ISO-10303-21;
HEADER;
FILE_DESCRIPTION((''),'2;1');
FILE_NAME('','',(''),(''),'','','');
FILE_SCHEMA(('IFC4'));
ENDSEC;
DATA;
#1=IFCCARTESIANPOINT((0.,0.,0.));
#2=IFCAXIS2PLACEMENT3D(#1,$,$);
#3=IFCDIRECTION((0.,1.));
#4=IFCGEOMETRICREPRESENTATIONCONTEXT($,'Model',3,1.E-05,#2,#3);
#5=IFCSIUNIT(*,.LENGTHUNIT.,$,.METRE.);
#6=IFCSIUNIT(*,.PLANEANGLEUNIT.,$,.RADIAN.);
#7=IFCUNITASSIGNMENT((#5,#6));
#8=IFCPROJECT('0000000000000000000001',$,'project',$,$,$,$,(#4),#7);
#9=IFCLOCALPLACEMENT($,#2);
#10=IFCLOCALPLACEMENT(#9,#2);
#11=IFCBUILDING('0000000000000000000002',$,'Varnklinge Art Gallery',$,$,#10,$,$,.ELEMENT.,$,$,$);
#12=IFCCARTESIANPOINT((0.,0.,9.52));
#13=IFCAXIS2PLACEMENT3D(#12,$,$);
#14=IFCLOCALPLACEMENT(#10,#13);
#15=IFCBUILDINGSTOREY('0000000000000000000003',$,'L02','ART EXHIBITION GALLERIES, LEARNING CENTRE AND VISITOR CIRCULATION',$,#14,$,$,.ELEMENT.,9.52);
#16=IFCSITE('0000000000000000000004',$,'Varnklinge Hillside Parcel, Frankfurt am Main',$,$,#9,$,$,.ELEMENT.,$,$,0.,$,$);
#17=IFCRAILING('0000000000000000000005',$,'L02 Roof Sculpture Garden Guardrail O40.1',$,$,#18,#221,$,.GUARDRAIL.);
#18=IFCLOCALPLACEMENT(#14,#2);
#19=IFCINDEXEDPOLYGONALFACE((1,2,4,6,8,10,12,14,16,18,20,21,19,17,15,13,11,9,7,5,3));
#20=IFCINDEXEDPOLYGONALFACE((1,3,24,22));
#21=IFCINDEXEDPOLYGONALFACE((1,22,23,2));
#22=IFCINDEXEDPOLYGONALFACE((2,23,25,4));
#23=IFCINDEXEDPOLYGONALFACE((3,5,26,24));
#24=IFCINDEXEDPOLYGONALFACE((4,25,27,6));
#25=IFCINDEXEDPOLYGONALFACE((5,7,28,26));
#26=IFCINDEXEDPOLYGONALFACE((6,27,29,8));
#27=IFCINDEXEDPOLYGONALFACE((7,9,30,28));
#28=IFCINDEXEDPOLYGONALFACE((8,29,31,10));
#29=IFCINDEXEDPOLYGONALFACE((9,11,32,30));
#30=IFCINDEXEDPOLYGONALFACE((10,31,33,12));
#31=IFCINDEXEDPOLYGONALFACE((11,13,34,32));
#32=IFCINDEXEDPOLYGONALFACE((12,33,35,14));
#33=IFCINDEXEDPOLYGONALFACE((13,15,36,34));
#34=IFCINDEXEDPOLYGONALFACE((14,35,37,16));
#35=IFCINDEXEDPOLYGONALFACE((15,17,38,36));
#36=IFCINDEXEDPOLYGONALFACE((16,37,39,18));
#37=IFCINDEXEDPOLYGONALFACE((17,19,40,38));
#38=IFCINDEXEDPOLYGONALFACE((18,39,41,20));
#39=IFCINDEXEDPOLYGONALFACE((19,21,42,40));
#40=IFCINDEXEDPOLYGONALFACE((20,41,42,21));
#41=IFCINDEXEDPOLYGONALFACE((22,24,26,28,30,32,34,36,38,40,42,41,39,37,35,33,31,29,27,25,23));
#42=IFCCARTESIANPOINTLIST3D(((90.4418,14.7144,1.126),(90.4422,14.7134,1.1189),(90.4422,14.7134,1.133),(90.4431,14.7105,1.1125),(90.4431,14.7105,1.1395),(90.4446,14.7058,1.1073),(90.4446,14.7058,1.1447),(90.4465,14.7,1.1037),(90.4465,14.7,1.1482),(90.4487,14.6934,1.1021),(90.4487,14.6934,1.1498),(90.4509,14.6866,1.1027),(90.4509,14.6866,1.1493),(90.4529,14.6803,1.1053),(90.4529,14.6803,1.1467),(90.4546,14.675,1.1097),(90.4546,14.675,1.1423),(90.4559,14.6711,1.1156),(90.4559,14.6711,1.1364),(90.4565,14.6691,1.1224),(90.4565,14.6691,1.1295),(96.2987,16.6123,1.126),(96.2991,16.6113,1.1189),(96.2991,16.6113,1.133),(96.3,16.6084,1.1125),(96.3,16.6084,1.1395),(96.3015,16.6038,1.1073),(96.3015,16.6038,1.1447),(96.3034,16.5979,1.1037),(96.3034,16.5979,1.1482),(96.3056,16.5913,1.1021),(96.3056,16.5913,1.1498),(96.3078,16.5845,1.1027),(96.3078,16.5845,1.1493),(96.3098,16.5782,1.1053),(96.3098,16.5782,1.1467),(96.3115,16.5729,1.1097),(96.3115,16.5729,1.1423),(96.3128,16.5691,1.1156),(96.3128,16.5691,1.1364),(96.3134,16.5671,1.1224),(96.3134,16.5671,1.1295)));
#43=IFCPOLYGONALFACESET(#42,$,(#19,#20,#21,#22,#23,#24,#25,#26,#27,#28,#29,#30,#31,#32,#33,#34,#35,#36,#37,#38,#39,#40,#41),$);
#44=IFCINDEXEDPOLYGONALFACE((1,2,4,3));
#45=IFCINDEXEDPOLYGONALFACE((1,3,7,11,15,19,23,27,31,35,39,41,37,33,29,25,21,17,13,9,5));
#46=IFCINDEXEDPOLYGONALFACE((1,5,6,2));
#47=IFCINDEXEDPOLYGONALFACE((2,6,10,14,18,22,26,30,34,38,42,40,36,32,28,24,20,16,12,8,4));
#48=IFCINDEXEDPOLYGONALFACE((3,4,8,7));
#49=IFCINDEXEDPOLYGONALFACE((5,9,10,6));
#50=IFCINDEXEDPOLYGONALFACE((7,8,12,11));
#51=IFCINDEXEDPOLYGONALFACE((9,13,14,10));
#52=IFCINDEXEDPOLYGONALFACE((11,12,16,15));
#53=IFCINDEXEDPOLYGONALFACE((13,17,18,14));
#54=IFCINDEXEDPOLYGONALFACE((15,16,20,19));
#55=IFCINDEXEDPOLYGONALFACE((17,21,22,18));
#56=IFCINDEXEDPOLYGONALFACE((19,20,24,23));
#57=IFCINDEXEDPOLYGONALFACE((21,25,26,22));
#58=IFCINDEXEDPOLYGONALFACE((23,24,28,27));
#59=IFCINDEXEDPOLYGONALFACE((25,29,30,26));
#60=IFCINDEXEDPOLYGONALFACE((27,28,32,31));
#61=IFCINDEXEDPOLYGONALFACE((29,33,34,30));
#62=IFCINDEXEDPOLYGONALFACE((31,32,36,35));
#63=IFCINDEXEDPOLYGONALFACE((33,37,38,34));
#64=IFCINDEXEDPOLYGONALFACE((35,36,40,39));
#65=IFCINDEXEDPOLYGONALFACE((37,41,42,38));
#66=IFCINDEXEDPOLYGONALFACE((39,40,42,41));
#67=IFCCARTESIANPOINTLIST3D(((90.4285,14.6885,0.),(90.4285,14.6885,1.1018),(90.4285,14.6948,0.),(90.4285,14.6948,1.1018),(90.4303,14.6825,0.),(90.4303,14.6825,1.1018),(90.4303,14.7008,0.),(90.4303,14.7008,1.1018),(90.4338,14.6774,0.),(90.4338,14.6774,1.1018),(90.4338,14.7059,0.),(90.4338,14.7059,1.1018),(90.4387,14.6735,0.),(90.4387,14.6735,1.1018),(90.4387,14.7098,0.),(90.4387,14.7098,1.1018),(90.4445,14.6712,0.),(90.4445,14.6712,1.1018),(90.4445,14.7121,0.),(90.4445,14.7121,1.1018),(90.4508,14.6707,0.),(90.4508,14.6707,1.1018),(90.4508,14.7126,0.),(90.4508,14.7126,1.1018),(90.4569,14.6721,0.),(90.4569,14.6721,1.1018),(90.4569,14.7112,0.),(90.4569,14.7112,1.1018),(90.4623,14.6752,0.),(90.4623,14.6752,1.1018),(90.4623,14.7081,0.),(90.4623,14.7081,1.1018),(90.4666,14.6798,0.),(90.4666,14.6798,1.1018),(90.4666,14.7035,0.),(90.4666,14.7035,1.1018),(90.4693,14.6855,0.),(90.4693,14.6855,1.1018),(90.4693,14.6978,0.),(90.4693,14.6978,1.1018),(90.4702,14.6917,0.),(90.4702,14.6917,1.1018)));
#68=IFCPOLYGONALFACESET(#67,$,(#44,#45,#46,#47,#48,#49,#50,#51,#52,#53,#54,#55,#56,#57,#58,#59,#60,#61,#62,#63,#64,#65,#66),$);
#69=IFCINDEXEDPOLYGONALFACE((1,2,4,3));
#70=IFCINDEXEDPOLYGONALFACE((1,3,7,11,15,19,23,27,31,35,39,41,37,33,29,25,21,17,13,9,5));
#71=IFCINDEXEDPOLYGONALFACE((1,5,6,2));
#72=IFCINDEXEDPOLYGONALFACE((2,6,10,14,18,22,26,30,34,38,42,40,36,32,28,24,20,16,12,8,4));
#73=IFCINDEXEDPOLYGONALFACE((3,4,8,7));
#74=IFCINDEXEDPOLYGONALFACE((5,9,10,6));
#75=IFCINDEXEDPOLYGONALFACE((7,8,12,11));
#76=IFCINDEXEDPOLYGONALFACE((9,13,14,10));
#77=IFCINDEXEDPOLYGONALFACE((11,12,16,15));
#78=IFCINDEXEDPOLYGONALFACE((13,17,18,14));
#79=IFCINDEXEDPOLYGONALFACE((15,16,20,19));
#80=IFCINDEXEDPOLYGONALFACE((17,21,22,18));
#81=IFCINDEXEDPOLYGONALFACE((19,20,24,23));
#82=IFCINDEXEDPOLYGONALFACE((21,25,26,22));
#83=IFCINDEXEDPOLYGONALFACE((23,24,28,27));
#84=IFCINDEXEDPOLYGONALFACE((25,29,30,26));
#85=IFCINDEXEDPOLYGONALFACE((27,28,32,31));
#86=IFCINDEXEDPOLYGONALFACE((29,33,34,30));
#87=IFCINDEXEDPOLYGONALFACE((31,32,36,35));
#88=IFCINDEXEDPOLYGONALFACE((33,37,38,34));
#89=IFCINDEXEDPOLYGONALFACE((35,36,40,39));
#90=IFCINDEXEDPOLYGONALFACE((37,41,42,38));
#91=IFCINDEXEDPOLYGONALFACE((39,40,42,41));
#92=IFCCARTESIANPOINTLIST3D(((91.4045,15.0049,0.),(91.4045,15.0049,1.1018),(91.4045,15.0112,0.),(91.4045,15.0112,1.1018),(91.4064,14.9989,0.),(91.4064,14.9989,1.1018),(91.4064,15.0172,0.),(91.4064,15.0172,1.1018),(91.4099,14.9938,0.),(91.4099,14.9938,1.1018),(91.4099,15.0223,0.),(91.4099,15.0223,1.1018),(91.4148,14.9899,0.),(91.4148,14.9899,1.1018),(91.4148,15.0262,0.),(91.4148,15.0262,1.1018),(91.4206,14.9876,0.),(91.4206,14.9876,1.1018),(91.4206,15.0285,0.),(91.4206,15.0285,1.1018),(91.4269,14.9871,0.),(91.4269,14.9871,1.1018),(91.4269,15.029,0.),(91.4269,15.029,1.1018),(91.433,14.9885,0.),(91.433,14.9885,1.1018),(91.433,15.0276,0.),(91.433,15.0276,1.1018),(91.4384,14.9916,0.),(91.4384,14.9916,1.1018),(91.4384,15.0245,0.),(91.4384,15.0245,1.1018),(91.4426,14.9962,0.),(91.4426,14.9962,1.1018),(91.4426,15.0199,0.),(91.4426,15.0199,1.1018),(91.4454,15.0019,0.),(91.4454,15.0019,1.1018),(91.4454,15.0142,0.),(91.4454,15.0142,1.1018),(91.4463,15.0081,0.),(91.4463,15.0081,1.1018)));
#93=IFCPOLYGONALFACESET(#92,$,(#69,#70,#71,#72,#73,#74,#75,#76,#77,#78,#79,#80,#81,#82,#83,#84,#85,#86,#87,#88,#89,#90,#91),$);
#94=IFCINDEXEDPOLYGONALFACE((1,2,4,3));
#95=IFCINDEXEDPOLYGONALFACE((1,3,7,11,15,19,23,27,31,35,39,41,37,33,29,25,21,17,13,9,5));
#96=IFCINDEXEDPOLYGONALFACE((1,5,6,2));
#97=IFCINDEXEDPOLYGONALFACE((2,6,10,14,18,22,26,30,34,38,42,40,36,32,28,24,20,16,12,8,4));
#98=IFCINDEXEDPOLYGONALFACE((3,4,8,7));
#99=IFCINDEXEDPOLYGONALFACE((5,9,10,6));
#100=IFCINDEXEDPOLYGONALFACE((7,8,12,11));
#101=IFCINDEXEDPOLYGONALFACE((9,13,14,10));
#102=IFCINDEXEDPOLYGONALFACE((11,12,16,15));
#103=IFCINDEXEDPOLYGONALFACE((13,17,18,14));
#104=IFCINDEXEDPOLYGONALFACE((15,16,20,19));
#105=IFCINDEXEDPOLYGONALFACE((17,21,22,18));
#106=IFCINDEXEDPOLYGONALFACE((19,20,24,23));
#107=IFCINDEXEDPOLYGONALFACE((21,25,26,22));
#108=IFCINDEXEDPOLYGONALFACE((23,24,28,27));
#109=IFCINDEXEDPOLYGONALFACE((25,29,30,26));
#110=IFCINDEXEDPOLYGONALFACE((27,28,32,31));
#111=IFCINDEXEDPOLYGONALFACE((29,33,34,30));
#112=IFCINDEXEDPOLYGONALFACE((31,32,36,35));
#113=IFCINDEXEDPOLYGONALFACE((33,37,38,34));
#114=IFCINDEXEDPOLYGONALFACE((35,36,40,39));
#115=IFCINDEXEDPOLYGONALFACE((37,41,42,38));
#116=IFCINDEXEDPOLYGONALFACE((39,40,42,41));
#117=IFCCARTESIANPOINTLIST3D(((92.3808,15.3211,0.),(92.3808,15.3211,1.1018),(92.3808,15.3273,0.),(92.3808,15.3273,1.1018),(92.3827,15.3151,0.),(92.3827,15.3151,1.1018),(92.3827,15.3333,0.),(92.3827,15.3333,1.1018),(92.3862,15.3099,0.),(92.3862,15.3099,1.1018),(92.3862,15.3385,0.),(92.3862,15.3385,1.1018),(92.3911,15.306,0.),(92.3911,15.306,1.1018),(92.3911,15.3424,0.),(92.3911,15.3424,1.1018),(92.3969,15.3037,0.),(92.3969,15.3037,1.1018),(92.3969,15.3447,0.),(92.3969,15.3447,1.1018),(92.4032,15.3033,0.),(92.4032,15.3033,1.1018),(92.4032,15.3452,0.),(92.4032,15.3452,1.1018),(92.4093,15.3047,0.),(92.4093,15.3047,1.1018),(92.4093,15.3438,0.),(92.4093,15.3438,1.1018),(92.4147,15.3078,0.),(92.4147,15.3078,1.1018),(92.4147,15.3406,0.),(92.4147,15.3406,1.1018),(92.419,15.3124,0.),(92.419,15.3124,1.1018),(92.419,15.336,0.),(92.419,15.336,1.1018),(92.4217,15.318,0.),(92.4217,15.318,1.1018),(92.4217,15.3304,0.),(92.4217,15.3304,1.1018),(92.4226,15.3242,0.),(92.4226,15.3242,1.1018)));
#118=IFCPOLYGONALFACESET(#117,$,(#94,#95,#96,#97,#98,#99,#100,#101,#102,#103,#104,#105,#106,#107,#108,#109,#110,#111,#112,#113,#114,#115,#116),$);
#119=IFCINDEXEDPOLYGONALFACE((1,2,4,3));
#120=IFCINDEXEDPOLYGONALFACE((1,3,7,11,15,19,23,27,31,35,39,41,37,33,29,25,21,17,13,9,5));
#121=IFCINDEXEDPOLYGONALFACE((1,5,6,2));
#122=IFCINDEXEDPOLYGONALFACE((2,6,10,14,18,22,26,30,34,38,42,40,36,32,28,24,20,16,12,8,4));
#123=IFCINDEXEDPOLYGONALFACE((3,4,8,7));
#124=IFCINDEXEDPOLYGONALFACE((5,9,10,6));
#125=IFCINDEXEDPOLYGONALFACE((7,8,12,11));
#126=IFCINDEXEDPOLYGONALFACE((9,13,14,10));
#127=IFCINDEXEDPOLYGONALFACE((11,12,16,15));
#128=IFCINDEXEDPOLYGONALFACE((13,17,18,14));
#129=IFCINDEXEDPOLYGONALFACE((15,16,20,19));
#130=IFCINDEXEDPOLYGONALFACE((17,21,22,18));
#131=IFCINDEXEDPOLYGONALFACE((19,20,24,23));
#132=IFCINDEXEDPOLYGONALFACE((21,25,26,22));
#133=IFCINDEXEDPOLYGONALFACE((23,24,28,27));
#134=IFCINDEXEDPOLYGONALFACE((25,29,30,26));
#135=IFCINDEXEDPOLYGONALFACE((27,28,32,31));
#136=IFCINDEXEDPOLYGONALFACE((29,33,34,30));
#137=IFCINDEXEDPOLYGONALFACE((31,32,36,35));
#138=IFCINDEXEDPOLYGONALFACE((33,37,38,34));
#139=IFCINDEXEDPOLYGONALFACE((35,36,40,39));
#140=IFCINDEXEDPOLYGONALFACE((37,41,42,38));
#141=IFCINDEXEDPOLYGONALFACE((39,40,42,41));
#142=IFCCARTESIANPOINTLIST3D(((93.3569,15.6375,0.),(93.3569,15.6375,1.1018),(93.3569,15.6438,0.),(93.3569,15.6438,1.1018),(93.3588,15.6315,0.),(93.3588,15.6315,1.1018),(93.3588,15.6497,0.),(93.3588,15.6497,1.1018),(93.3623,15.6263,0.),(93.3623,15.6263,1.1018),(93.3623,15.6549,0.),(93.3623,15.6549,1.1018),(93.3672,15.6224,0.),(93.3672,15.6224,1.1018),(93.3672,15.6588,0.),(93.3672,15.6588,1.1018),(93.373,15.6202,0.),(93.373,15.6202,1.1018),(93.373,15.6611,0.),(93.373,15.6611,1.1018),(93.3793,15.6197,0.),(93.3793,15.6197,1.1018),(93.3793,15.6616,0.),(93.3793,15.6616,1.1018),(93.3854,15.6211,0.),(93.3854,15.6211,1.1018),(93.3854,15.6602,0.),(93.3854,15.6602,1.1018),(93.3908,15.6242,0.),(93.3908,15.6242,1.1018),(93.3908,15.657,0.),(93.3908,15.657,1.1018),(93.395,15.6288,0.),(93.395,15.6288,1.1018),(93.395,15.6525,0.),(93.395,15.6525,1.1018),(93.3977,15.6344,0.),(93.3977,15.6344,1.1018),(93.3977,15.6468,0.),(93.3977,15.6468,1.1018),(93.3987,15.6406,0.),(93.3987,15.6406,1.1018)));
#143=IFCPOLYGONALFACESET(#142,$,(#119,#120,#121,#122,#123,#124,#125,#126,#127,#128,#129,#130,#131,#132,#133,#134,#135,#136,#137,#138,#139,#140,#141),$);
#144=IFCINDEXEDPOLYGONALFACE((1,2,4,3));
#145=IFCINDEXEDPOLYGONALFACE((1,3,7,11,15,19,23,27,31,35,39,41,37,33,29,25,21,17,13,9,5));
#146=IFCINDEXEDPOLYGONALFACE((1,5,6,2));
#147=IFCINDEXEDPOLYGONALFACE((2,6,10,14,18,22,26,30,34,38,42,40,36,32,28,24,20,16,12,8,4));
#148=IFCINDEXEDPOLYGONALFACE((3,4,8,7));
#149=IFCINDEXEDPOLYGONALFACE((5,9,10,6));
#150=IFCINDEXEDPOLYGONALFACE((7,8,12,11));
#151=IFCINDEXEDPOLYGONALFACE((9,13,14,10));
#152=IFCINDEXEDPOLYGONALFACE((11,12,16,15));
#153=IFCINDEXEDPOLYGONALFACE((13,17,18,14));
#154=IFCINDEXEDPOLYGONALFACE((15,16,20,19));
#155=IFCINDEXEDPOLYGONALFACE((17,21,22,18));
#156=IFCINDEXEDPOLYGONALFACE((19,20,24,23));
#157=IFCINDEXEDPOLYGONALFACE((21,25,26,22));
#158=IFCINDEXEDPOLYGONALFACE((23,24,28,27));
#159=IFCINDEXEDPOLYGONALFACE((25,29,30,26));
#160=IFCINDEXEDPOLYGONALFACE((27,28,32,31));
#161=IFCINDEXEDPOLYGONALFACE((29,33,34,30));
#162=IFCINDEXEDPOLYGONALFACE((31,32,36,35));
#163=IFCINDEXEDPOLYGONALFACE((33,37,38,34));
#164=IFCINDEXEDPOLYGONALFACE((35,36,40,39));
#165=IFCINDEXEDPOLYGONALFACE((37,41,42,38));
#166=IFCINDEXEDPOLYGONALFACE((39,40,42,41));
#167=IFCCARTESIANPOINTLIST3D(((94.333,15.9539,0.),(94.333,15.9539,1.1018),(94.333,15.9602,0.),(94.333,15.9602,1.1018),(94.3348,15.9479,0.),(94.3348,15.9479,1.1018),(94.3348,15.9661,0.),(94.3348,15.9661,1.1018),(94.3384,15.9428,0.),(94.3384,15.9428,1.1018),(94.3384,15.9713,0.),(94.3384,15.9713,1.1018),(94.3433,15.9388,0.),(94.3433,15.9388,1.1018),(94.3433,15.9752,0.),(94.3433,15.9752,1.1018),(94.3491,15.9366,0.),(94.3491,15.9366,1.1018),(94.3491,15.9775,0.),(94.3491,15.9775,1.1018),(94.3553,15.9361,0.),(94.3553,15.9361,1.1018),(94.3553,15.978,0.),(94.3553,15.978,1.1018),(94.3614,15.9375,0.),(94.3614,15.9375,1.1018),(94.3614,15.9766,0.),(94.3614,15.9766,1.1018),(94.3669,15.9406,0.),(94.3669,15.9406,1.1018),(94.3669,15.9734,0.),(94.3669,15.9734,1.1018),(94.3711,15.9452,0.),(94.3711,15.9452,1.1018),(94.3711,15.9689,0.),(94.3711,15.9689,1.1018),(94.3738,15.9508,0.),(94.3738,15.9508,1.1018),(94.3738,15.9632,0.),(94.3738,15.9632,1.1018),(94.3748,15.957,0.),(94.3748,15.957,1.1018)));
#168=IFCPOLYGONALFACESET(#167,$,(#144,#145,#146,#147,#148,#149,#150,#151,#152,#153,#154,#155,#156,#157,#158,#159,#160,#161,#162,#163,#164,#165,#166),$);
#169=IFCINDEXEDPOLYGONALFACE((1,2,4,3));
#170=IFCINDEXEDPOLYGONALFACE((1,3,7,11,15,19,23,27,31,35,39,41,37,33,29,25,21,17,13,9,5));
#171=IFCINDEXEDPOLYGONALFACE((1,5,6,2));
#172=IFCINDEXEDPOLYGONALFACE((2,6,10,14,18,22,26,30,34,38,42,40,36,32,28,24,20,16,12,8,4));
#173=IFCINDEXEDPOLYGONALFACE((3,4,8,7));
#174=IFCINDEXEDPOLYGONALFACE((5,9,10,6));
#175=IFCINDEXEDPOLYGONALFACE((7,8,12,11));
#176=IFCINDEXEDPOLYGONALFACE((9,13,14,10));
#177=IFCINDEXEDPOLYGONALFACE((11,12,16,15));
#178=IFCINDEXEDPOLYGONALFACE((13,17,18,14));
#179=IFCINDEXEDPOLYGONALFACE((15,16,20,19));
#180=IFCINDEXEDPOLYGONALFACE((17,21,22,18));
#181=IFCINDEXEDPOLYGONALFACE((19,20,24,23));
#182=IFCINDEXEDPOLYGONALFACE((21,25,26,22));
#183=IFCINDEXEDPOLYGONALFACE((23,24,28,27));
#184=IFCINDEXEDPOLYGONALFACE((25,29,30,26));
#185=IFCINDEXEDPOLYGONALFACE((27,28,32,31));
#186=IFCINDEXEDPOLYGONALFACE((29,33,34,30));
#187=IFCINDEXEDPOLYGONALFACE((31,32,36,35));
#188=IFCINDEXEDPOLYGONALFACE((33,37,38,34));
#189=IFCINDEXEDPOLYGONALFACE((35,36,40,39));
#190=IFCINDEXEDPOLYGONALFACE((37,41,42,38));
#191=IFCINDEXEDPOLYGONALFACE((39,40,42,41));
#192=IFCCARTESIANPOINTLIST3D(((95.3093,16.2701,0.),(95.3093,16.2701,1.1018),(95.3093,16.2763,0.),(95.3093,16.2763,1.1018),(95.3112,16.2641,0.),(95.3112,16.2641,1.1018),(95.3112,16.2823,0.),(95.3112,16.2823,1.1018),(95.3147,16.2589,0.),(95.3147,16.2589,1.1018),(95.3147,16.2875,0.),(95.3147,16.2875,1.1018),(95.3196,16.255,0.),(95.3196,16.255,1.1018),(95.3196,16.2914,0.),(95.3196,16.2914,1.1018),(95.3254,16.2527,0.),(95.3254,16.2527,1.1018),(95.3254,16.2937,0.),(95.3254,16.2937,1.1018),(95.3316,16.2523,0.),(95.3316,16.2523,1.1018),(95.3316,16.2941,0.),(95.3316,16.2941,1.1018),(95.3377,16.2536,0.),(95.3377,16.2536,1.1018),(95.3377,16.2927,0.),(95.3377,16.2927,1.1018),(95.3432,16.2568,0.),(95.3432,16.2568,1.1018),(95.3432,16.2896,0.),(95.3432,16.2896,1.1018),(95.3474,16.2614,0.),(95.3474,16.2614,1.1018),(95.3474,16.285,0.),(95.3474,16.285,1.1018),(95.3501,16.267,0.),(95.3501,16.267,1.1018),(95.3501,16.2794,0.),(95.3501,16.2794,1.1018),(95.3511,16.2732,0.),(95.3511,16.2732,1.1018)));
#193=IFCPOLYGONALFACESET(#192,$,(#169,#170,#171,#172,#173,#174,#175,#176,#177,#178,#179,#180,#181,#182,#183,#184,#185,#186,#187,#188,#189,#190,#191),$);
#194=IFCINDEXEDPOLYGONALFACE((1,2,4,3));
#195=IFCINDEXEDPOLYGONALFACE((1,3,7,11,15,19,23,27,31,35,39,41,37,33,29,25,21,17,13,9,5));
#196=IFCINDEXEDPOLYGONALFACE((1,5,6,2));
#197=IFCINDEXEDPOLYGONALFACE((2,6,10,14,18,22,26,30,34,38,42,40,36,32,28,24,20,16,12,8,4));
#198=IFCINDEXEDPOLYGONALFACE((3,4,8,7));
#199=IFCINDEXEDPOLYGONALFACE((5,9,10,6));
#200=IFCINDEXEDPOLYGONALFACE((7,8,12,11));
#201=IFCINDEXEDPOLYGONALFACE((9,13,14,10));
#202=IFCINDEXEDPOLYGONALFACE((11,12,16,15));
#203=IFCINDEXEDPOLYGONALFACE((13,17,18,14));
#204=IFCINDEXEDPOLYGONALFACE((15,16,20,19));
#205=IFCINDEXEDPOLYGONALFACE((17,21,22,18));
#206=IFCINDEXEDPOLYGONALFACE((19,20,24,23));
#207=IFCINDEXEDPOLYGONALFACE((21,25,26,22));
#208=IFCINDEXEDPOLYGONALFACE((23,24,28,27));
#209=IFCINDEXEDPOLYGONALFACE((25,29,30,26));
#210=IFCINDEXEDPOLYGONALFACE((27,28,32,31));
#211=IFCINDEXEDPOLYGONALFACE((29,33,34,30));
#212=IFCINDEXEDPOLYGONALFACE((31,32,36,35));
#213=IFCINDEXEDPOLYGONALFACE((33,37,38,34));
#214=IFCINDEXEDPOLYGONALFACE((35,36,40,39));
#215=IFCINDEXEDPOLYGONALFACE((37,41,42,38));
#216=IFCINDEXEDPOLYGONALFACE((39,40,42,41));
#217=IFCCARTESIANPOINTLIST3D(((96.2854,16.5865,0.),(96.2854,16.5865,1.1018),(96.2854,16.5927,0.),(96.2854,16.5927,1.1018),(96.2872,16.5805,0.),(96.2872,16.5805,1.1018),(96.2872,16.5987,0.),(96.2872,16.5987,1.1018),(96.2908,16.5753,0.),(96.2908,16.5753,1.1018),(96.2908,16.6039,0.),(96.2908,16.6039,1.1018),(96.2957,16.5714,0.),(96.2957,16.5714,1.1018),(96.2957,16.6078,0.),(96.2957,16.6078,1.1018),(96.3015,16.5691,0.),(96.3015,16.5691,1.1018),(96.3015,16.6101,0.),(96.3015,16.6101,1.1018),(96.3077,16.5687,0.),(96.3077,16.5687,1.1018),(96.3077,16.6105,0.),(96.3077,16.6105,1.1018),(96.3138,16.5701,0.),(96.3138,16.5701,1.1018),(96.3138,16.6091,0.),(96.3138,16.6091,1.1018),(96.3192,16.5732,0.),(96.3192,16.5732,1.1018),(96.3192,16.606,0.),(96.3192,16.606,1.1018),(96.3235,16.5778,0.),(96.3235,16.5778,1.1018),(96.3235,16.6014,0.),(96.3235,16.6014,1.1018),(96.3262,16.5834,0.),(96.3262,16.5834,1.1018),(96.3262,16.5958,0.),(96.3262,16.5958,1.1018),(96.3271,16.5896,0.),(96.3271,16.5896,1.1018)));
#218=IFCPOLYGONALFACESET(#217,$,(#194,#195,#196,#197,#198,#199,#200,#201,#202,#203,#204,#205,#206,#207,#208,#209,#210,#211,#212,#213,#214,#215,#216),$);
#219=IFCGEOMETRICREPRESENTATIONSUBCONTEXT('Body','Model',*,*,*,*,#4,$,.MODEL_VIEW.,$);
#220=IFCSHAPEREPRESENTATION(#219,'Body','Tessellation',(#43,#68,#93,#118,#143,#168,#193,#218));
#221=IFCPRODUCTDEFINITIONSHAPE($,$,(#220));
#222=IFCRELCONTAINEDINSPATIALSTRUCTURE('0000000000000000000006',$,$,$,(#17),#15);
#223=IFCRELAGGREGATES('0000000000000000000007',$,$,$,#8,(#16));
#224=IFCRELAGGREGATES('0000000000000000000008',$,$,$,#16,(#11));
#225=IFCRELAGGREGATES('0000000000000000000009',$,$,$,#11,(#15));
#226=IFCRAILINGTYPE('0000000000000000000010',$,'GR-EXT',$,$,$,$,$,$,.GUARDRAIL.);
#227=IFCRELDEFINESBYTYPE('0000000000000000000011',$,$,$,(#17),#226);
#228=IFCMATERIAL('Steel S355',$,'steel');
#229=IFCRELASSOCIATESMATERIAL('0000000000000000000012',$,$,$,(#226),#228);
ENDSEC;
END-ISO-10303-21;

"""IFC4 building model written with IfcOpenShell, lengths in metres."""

from ifc_helpers import new_model, si_unit, direction, frame, origin, origin_2d, place, context, subcontext, project, spatial, circle, extrude, material, type_object, element, save


model = new_model("IFC4")

# Units and contexts
model_context = context("Model", 3, precision=1e-05, world=origin(), true_north=direction((0.0, 1.0)))
body_context = subcontext(model_context, "Body", "Model", "MODEL_VIEW")
ifc_project = project(units=[si_unit("LENGTHUNIT", "METRE"), si_unit("PLANEANGLEUNIT", "RADIAN")], contexts=[model_context])

# Site, building, storey
site_placement = place(None, origin())
site = spatial("IfcSite", under=ifc_project, at=site_placement, Name="Varnklinge Hillside Parcel, Frankfurt am Main", CompositionType="ELEMENT", RefElevation=0.0)
building_placement = place(site_placement, origin())
building = spatial("IfcBuilding", under=site, at=building_placement, Name="Varnklinge Art Gallery", CompositionType="ELEMENT")
storey_placement = place(building_placement, frame((0.0, 0.0, 9.52)))
storey = spatial("IfcBuildingStorey", under=building, at=storey_placement, Name="L02", Description="ART EXHIBITION GALLERIES, LEARNING CENTRE AND VISITOR CIRCULATION", CompositionType="ELEMENT", Elevation=9.52)

# Railing
ifc_material_1 = material(Name="Steel S355", Category="steel")
railing_type = type_object("IfcRailingType", Name="GR-EXT", PredefinedType="GUARDRAIL", material=ifc_material_1)
railing_1_placement = place(storey_placement, frame((90.4492, 14.6917, 0.0)))
element("IfcRailing", 1, at=railing_1_placement, inside=storey, type_object=railing_type, Name="L02 Roof Sculpture Garden Guardrail O40.1", PredefinedType="GUARDRAIL", context=body_context, shape_type="SweptSolid", body=[
    extrude(circle(Radius=0.0239, at=origin_2d()), frame((0.0, 0.0, 1.126), z_axis=(0.951299, 0.30827, 0.0), x_axis=(-0.30827, 0.951299, 0.0)), (0.0, 0.0, 1.0), 6.1567),
    extrude(circle(Radius=0.021, at=origin_2d()), origin(), (0.0, 0.0, 1.0), 1.1018),
    extrude(circle(Radius=0.021, at=origin_2d()), frame((0.9761, 0.3164, 0.0)), (0.0, 0.0, 1.0), 1.1018),
    extrude(circle(Radius=0.021, at=origin_2d()), frame((1.9524, 0.6326, 0.0)), (0.0, 0.0, 1.0), 1.1018),
    extrude(circle(Radius=0.021, at=origin_2d()), frame((2.9285, 0.949, 0.0)), (0.0, 0.0, 1.0), 1.1018),
    extrude(circle(Radius=0.021, at=origin_2d()), frame((3.9045, 1.2654, 0.0)), (0.0, 0.0, 1.0), 1.1018),
    extrude(circle(Radius=0.021, at=origin_2d()), frame((4.8809, 1.5815, 0.0)), (0.0, 0.0, 1.0), 1.1018),
    extrude(circle(Radius=0.021, at=origin_2d()), frame((5.8569, 1.8979, 0.0)), (0.0, 0.0, 1.0), 1.1018),
])

save(model, "model.ifc")
